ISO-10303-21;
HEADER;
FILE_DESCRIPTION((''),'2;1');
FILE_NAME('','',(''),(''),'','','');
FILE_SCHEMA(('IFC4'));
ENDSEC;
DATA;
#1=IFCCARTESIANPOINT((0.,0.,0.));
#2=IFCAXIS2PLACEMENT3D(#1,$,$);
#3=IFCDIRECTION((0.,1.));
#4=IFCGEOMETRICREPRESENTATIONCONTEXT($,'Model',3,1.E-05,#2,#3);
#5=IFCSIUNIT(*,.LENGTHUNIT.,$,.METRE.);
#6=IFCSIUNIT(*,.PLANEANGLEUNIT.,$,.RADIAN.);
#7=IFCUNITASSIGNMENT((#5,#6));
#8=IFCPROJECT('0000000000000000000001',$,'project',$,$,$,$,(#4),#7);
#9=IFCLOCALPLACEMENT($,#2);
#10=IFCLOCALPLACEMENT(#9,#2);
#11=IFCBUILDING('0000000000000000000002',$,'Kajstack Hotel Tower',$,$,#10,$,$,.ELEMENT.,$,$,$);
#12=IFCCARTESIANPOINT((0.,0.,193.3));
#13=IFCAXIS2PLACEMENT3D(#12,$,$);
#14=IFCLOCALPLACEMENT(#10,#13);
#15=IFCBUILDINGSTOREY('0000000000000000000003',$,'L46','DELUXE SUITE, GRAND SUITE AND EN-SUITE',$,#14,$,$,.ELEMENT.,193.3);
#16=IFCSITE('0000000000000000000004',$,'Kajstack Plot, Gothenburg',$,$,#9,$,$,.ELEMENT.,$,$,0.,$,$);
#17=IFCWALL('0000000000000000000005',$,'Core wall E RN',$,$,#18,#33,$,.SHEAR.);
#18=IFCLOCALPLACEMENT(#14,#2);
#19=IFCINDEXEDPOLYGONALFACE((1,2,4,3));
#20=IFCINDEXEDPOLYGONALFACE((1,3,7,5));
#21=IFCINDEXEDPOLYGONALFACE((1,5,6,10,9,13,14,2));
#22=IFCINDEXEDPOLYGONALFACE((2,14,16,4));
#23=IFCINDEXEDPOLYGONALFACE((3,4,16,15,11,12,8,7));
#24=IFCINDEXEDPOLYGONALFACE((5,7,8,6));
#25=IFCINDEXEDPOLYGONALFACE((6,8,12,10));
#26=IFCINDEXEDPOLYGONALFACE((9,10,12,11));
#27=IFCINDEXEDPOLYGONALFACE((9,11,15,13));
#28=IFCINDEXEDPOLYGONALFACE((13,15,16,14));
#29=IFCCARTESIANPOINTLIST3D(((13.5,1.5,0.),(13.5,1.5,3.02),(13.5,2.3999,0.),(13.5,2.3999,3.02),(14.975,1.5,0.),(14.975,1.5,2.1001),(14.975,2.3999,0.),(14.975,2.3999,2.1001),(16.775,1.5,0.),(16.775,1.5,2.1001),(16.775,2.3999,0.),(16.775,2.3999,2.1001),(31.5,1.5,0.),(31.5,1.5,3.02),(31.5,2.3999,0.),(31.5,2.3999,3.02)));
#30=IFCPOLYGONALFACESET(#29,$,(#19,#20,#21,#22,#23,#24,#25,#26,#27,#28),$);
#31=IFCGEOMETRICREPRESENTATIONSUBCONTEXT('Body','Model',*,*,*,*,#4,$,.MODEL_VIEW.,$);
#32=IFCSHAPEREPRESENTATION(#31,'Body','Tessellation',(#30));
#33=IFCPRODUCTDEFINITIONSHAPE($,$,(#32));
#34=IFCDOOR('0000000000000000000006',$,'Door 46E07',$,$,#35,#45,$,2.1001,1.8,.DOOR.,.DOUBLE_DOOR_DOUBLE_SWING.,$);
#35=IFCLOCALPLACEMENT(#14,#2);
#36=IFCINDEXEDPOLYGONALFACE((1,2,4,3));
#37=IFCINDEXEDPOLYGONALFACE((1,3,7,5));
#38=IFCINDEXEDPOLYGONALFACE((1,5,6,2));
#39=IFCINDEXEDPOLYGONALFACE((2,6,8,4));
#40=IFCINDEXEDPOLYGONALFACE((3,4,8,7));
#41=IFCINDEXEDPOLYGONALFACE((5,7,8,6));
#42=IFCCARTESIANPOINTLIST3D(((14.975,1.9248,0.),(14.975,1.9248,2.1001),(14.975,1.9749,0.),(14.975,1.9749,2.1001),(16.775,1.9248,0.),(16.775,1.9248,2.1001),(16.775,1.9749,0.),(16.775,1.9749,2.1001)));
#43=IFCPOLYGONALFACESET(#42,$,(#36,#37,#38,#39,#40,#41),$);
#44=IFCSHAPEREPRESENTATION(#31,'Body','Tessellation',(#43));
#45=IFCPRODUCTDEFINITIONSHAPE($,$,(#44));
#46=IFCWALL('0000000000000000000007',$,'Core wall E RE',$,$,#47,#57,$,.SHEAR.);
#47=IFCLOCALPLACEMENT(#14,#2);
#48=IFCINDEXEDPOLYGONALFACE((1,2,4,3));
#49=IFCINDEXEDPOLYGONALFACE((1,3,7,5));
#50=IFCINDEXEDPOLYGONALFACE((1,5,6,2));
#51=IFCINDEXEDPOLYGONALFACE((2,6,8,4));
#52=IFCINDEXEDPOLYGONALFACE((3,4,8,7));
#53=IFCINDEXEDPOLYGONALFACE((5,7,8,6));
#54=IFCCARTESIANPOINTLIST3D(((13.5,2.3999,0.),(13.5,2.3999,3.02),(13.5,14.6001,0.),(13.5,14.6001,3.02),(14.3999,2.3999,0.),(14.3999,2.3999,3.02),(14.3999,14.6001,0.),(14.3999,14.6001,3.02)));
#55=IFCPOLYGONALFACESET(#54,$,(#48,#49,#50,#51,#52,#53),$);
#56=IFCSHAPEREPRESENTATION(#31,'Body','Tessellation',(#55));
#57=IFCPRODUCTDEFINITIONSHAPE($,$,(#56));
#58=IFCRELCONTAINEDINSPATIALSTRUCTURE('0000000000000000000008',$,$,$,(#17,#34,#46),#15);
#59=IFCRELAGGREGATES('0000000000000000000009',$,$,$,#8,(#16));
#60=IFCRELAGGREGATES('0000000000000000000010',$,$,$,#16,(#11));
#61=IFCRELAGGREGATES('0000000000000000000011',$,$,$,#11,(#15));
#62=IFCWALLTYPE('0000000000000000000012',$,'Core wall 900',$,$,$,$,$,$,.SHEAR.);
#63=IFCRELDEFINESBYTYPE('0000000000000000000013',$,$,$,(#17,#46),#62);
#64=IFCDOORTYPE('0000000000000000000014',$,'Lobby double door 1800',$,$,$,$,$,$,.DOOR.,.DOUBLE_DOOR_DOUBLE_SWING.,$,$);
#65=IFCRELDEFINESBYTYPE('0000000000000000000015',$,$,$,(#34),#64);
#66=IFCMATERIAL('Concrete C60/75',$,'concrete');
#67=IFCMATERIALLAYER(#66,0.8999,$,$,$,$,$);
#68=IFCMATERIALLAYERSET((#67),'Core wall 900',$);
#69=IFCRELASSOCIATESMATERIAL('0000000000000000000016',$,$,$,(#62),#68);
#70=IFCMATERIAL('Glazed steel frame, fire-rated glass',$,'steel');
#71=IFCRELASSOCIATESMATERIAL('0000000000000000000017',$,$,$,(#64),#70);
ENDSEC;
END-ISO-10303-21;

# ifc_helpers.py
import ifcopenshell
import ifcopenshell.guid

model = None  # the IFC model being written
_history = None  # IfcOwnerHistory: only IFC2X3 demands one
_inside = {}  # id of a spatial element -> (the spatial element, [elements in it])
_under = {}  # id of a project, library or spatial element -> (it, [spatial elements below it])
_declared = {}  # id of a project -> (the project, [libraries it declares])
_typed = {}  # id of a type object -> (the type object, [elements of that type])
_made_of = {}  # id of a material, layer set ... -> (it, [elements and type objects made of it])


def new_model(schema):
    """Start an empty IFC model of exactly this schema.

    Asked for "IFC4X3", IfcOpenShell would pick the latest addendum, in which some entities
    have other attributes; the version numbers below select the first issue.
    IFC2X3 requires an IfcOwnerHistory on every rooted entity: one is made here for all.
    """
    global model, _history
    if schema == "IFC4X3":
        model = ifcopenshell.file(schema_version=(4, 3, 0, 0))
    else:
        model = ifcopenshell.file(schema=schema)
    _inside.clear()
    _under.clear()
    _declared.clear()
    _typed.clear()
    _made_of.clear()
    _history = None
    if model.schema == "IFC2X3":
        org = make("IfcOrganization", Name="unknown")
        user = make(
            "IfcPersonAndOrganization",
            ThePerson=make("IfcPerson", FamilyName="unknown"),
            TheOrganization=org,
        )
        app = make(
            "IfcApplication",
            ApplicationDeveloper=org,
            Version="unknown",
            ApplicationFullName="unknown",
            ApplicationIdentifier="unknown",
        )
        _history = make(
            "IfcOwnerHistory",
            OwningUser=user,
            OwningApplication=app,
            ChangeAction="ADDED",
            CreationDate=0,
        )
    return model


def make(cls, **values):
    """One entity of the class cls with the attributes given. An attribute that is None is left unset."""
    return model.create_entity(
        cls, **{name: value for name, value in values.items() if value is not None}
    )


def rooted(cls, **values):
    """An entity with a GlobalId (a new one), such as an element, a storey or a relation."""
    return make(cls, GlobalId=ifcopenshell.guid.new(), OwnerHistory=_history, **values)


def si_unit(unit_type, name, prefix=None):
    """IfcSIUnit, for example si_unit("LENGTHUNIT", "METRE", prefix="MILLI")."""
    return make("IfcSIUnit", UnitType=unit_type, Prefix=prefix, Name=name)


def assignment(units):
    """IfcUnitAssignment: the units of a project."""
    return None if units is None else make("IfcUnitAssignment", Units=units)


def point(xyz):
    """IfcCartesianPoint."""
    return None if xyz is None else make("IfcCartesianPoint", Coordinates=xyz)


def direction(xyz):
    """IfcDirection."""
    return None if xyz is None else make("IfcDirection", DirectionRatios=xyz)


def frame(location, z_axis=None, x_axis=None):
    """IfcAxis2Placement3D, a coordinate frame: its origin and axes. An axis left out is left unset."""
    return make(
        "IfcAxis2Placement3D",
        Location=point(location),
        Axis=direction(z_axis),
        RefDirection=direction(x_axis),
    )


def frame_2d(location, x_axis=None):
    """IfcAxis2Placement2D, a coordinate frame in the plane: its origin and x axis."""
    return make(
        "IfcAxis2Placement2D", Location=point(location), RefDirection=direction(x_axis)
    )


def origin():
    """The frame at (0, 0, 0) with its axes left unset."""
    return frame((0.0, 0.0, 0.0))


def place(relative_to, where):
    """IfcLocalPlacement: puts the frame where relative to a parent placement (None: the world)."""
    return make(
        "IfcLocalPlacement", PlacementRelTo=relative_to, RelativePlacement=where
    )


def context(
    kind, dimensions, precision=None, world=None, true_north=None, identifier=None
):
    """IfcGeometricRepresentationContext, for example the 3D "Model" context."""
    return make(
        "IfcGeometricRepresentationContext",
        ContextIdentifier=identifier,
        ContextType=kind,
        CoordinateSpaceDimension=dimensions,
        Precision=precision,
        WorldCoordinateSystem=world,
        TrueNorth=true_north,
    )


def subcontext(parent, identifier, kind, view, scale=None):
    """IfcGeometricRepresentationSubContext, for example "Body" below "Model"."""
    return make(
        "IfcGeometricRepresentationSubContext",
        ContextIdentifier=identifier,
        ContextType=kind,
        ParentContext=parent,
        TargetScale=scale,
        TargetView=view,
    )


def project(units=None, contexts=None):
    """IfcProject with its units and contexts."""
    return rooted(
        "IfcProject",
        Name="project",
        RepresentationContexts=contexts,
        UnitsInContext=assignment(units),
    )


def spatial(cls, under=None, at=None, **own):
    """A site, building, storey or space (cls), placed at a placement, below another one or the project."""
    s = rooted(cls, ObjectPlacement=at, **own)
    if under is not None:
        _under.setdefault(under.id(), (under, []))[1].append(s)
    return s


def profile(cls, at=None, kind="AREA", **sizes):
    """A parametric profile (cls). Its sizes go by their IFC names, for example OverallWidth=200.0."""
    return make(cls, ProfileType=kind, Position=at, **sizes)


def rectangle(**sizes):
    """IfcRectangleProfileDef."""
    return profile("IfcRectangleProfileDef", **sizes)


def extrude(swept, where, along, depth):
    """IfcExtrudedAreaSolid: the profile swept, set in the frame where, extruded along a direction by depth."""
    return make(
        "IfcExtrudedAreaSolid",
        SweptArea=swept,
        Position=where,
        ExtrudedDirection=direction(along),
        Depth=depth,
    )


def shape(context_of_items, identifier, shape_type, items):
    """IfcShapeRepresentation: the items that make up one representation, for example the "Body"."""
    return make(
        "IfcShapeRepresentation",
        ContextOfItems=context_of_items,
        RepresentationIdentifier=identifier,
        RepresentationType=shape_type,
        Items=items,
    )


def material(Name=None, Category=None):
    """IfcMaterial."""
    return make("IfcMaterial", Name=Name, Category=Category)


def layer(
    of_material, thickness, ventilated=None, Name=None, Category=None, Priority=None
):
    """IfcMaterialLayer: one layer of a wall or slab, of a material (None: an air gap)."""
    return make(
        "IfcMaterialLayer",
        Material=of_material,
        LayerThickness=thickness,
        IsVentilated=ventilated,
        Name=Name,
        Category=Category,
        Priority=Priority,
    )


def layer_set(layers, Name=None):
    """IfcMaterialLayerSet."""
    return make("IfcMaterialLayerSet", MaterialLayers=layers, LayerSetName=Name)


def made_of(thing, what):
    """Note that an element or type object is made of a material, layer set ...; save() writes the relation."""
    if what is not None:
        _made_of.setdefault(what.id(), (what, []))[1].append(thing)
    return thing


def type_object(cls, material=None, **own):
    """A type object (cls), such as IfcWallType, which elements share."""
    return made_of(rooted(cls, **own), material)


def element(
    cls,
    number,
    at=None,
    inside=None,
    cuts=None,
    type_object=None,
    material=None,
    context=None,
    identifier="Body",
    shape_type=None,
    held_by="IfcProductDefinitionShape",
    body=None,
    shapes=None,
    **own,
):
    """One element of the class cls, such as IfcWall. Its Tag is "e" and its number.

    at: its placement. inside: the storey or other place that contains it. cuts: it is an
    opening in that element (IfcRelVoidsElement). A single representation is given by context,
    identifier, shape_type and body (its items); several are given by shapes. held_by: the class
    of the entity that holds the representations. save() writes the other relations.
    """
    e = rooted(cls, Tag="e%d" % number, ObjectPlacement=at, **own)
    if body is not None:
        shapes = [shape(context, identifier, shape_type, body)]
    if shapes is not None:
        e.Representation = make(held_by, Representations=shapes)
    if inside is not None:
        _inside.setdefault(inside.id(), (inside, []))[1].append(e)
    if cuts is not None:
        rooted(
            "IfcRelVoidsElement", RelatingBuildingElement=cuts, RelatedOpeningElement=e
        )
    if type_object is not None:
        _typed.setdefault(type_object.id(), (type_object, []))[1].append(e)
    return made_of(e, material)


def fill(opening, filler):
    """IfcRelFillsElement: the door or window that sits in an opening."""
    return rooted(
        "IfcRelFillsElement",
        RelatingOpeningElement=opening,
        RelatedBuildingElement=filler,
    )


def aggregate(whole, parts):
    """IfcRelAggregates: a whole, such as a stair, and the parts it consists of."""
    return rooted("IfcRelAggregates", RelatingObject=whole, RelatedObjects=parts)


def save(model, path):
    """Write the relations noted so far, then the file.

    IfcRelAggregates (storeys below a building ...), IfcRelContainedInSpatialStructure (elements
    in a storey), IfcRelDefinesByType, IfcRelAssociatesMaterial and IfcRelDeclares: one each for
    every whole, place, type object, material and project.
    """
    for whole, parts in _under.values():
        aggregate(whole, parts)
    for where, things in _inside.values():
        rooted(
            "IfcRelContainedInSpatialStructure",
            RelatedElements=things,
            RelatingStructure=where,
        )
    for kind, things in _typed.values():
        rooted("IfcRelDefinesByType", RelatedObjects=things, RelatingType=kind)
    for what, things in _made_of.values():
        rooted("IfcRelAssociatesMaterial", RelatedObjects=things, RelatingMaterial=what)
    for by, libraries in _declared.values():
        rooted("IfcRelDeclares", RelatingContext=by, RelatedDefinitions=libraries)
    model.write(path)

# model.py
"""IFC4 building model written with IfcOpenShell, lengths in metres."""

from ifc_helpers import new_model, si_unit, direction, frame, frame_2d, origin, place, context, subcontext, project, spatial, rectangle, extrude, material, layer, layer_set, type_object, element, fill, save


model = new_model("IFC4")

# Units and contexts
model_context = context("Model", 3, precision=1e-05, world=origin(), true_north=direction((0.0, 1.0)))
body_context = subcontext(model_context, "Body", "Model", "MODEL_VIEW")
ifc_project = project(units=[si_unit("LENGTHUNIT", "METRE"), si_unit("PLANEANGLEUNIT", "RADIAN")], contexts=[model_context])

# Site, building, storey
site_placement = place(None, origin())
site = spatial("IfcSite", under=ifc_project, at=site_placement, Name="Kajstack Plot, Gothenburg", CompositionType="ELEMENT", RefElevation=0.0)
building_placement = place(site_placement, origin())
building = spatial("IfcBuilding", under=site, at=building_placement, Name="Kajstack Hotel Tower", CompositionType="ELEMENT")
storey_placement = place(building_placement, frame((0.0, 0.0, 193.3)))
storey = spatial("IfcBuildingStorey", under=building, at=storey_placement, Name="L46", Description="DELUXE SUITE, GRAND SUITE AND EN-SUITE", CompositionType="ELEMENT", Elevation=193.3)

# Wall, opening, door
ifc_material_1 = material(Name="Concrete C60/75", Category="concrete")
ifc_layer_1 = layer(ifc_material_1, 0.8999)
ifc_layer_set_1 = layer_set([ifc_layer_1], Name="Core wall 900")
wall_type_1 = type_object("IfcWallType", Name="Core wall 900", PredefinedType="SHEAR", material=ifc_layer_set_1)
wall_1_placement = place(storey_placement, frame((13.5, 1.95, 0.0), z_axis=(0.0, 0.0, 1.0), x_axis=(1.0, 0.0, 0.0)))
wall_1 = element("IfcWall", 1, at=wall_1_placement, inside=storey, type_object=wall_type_1, Name="Core wall E RN", PredefinedType="SHEAR", context=body_context, shape_type="SweptSolid", body=[
    extrude(rectangle(XDim=18.0, YDim=0.8999, at=frame_2d((9.0, 0.0))), origin(), (0.0, 0.0, 1.0), 3.02),
])
opening_1_placement = place(wall_1_placement, frame((1.4751, 0.0, 0.0)))
opening_1 = element("IfcOpeningElement", 2, at=opening_1_placement, cuts=wall_1, PredefinedType="OPENING", context=body_context, shape_type="SweptSolid", body=[
    extrude(rectangle(XDim=1.8, YDim=2.1001, at=frame_2d((0.8999, 1.05))), frame((0.0, 0.46, 0.0), z_axis=(0.0, -1.0, 0.0), x_axis=(1.0, 0.0, 0.0)), (0.0, 0.0, 1.0), 0.9199),
])
ifc_material_2 = material(Name="Glazed steel frame, fire-rated glass", Category="steel")
door_type_1 = type_object("IfcDoorType", Name="Lobby double door 1800", OperationType="DOUBLE_DOOR_DOUBLE_SWING", PredefinedType="DOOR", material=ifc_material_2)
door_1_placement = place(opening_1_placement, origin())
door_1 = element("IfcDoor", 3, at=door_1_placement, inside=storey, type_object=door_type_1, Name="Door 46E07", OperationType="DOUBLE_DOOR_DOUBLE_SWING", OverallHeight=2.1001, OverallWidth=1.8, PredefinedType="DOOR", context=body_context, shape_type="SweptSolid", body=[
    extrude(rectangle(XDim=1.8, YDim=2.1001, at=frame_2d((0.8999, 1.05))), frame((0.0, 0.0249, 0.0), z_axis=(0.0, -1.0, 0.0), x_axis=(1.0, 0.0, 0.0)), (0.0, 0.0, 1.0), 0.05),
])
fill(opening_1, door_1)

# Wall
wall_2_placement = place(storey_placement, frame((13.95, 2.3999, 0.0), z_axis=(0.0, 0.0, 1.0), x_axis=(0.0, 1.0, 0.0)))
element("IfcWall", 4, at=wall_2_placement, inside=storey, type_object=wall_type_1, Name="Core wall E RE", PredefinedType="SHEAR", context=body_context, shape_type="SweptSolid", body=[
    extrude(rectangle(XDim=12.2002, YDim=0.8999, at=frame_2d((6.1001, 0.0))), origin(), (0.0, 0.0, 1.0), 3.02),
])

save(model, "model.ifc")
